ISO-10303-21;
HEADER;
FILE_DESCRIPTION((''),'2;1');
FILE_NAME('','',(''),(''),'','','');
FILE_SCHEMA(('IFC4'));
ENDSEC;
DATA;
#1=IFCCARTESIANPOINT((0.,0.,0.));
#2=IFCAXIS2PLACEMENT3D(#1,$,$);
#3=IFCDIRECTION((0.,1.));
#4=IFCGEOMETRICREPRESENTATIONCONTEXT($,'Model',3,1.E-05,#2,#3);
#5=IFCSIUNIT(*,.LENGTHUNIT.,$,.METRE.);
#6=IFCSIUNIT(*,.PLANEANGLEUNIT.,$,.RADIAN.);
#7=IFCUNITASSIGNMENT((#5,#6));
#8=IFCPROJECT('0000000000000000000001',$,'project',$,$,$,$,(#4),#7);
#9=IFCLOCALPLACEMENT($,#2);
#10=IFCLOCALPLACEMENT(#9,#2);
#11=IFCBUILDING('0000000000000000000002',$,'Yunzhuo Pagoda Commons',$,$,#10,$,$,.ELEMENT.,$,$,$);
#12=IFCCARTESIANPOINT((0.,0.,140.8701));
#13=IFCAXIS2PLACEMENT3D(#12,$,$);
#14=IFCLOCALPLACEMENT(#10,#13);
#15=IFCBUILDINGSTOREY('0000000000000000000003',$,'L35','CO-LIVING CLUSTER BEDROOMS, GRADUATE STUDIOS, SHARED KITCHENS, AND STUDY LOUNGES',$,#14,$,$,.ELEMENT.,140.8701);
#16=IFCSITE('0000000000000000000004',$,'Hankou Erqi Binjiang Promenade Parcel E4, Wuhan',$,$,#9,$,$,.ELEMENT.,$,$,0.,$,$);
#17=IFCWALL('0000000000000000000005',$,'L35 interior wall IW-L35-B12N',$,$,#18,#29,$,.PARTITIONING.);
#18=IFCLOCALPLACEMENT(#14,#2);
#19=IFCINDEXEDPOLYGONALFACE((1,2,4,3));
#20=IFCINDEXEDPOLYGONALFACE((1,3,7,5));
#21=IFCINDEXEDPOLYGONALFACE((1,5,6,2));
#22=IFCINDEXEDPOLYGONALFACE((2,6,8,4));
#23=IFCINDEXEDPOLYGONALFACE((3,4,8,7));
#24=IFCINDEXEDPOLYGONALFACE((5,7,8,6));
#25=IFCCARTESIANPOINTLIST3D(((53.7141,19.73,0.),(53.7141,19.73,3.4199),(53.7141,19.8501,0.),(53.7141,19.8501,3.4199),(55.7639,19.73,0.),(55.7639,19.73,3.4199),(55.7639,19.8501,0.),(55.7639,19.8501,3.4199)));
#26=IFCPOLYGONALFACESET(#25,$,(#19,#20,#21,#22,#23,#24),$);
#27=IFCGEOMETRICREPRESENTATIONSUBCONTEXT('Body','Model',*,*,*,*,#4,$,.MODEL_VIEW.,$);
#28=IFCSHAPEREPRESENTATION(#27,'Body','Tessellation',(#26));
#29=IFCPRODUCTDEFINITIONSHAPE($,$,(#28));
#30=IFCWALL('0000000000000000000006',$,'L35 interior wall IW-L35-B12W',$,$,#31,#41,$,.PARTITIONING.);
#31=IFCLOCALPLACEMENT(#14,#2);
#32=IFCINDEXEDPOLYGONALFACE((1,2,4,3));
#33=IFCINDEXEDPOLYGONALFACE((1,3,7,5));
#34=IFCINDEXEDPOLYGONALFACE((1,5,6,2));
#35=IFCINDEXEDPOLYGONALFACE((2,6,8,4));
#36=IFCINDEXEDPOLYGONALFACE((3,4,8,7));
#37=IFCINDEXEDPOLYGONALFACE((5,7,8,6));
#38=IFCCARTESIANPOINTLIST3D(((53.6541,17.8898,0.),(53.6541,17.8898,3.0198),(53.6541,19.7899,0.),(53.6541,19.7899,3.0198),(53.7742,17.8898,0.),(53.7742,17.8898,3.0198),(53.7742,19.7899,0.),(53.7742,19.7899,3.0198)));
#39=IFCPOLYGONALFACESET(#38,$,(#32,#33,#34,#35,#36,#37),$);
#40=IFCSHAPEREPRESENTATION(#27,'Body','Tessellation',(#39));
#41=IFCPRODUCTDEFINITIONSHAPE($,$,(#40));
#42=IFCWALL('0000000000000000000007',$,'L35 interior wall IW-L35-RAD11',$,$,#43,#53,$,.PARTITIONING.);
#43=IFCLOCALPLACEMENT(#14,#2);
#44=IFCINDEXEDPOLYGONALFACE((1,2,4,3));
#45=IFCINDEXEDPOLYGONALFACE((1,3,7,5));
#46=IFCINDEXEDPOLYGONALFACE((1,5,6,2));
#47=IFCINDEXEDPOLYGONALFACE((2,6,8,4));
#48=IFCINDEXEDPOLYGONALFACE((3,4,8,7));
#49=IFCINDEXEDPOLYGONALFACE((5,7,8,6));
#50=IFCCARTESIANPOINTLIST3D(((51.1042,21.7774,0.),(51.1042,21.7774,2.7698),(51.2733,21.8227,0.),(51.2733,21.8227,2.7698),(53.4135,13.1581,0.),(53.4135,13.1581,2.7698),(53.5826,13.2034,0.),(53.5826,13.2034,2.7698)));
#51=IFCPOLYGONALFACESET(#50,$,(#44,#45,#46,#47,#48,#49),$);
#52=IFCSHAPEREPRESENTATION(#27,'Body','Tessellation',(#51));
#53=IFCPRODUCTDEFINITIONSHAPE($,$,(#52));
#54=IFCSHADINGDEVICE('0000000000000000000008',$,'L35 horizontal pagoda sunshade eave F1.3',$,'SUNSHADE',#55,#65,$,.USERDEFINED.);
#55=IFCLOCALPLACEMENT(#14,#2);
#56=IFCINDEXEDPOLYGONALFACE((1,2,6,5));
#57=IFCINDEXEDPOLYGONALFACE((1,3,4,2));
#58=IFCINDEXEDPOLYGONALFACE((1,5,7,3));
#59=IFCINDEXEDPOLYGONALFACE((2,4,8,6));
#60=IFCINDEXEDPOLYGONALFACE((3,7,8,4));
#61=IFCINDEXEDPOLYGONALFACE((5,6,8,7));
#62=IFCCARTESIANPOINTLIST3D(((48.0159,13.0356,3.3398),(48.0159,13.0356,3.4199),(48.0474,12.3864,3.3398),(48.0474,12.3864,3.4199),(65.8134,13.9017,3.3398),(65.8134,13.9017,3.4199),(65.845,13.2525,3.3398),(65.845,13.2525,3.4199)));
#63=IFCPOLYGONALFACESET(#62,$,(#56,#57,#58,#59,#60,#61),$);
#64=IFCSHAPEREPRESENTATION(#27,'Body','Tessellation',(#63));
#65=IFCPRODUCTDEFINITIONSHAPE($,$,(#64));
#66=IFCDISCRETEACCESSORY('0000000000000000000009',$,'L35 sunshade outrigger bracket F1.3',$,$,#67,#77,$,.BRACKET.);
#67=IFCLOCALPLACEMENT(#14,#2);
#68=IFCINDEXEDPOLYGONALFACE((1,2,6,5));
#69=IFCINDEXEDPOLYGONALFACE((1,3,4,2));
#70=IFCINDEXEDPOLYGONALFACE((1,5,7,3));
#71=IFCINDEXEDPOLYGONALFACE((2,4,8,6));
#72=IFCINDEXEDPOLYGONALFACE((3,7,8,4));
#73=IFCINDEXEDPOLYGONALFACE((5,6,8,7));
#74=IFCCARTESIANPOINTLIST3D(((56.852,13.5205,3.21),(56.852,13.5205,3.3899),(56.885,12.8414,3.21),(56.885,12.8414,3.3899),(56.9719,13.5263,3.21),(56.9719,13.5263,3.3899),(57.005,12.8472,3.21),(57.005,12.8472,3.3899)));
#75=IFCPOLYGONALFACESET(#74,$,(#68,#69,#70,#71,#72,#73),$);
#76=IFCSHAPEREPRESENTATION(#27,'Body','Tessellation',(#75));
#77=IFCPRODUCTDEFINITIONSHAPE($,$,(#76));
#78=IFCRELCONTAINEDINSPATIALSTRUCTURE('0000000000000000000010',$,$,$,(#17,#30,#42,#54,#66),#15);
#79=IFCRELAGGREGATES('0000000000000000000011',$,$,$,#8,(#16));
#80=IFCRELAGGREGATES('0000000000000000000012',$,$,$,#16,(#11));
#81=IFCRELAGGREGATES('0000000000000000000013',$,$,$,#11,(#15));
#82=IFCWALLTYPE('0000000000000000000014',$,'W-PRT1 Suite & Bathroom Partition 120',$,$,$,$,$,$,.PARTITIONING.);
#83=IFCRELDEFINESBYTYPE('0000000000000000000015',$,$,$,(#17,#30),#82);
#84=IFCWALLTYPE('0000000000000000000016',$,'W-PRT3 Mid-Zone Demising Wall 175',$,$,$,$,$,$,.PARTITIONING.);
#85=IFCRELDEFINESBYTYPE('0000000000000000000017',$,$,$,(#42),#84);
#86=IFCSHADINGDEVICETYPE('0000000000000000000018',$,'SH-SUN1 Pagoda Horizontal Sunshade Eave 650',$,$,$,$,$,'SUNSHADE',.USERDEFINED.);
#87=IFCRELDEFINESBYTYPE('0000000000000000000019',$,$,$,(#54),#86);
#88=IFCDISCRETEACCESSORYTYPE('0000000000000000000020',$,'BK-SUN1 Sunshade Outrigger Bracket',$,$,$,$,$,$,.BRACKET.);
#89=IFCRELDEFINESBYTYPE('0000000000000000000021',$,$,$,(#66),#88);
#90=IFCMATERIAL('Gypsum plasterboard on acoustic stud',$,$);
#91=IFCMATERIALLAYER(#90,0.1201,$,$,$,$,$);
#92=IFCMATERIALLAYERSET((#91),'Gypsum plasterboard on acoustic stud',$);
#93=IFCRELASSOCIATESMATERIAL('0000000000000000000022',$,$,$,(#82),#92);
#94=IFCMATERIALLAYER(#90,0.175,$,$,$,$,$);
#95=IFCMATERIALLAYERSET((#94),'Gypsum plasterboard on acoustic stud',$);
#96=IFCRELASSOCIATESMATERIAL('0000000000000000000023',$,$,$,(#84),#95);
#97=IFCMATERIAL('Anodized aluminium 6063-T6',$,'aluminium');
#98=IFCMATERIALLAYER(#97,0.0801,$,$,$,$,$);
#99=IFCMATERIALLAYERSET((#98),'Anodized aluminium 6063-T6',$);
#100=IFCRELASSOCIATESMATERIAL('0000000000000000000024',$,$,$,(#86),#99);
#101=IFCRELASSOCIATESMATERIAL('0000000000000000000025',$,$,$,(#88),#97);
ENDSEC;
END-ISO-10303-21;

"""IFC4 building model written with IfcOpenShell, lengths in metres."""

from ifc_helpers import new_model, si_unit, direction, frame, frame_2d, origin, origin_2d, place, context, subcontext, project, spatial, rectangle, extrude, source, transform, mapped, material, layer, layer_set, type_object, element, save


model = new_model("IFC4")

# Units and contexts
model_context = context("Model", 3, precision=1e-05, world=origin(), true_north=direction((0.0, 1.0)))
body_context = subcontext(model_context, "Body", "Model", "MODEL_VIEW")
ifc_project = project(units=[si_unit("LENGTHUNIT", "METRE"), si_unit("PLANEANGLEUNIT", "RADIAN")], contexts=[model_context])

# Site, building, storey
site_placement = place(None, origin())
site = spatial("IfcSite", under=ifc_project, at=site_placement, Name="Hankou Erqi Binjiang Promenade Parcel E4, Wuhan", CompositionType="ELEMENT", RefElevation=0.0)
building_placement = place(site_placement, origin())
building = spatial("IfcBuilding", under=site, at=building_placement, Name="Yunzhuo Pagoda Commons", CompositionType="ELEMENT")
storey_placement = place(building_placement, frame((0.0, 0.0, 140.8701)))
storey = spatial("IfcBuildingStorey", under=building, at=storey_placement, Name="L35", Description="CO-LIVING CLUSTER BEDROOMS, GRADUATE STUDIOS, SHARED KITCHENS, AND STUDY LOUNGES", CompositionType="ELEMENT", Elevation=140.8701)

# Shared definitions
ifc_material_1 = material(Name="Anodized aluminium 6063-T6", Category="aluminium")

# Shared definitions
ifc_material_2 = material(Name="Gypsum plasterboard on acoustic stud")
ifc_layer_1 = layer(ifc_material_2, 0.1201)
ifc_layer_set_1 = layer_set([ifc_layer_1], Name="Gypsum plasterboard on acoustic stud")
wall_type_1 = type_object("IfcWallType", Name="W-PRT1 Suite & Bathroom Partition 120", PredefinedType="PARTITIONING", material=ifc_layer_set_1)

# Walls
wall_1_placement = place(storey_placement, frame((55.7639, 19.79, 0.0), z_axis=(0.0, 0.0, 1.0), x_axis=(-1.0, 0.0, 0.0)))
element("IfcWall", 1, at=wall_1_placement, inside=storey, type_object=wall_type_1, Name="L35 interior wall IW-L35-B12N", PredefinedType="PARTITIONING", context=body_context, shape_type="SweptSolid", body=[
    extrude(rectangle(XDim=2.0498, YDim=0.1201, at=frame_2d((1.0249, 0.0))), origin(), (0.0, 0.0, 1.0), 3.4199),
])
wall_2_placement = place(storey_placement, frame((53.7141, 19.79, 0.0), z_axis=(0.0, 0.0, 1.0), x_axis=(0.0, -1.0, 0.0)))
element("IfcWall", 2, at=wall_2_placement, inside=storey, type_object=wall_type_1, Name="L35 interior wall IW-L35-B12W", PredefinedType="PARTITIONING", context=body_context, shape_type="SweptSolid", body=[
    extrude(rectangle(XDim=1.9001, YDim=0.1201, at=frame_2d((0.9502, 0.0))), origin(), (0.0, 0.0, 1.0), 3.0198),
])
ifc_layer_2 = layer(ifc_material_2, 0.175)
ifc_layer_set_2 = layer_set([ifc_layer_2], Name="Gypsum plasterboard on acoustic stud")
wall_type_2 = type_object("IfcWallType", Name="W-PRT3 Mid-Zone Demising Wall 175", PredefinedType="PARTITIONING", material=ifc_layer_set_2)
wall_3_placement = place(storey_placement, frame((51.1887, 21.8, 0.0), z_axis=(0.0, 0.0, 1.0), x_axis=(0.258795, -0.965932, 0.0)))
element("IfcWall", 3, at=wall_3_placement, inside=storey, type_object=wall_type_2, Name="L35 interior wall IW-L35-RAD11", PredefinedType="PARTITIONING", context=body_context, shape_type="SweptSolid", body=[
    extrude(rectangle(XDim=8.9233, YDim=0.175, at=frame_2d((4.4617, 0.0))), origin(), (0.0, 0.0, 1.0), 2.7698),
])

# Shading device
ifc_layer_3 = layer(ifc_material_1, 0.0801)
ifc_layer_set_3 = layer_set([ifc_layer_3], Name="Anodized aluminium 6063-T6")
shading_device_type = type_object("IfcShadingDeviceType", Name="SH-SUN1 Pagoda Horizontal Sunshade Eave 650", ElementType="SUNSHADE", PredefinedType="USERDEFINED", material=ifc_layer_set_3)
shared_shape_1 = source(origin(), body_context, "Body", "SweptSolid", [
    extrude(rectangle(XDim=17.8186, YDim=0.6499, at=origin_2d()), origin(), (0.0, 0.0, 1.0), 0.0801),
])
shading_device_placement = place(storey_placement, frame((56.9304, 13.144, 3.3398), z_axis=(0.0, 0.0, 1.0), x_axis=(0.998818, 0.048606, 0.0)))
element("IfcShadingDevice", 4, at=shading_device_placement, inside=storey, type_object=shading_device_type, Name="L35 horizontal pagoda sunshade eave F1.3", ObjectType="SUNSHADE", PredefinedType="USERDEFINED", context=body_context, shape_type="MappedRepresentation", body=[
    mapped(shared_shape_1, transform((0.0, 0.0, 0.0), scale=1.0)),
])

# Discrete accessory
discrete_accessory_type = type_object("IfcDiscreteAccessoryType", Name="BK-SUN1 Sunshade Outrigger Bracket", PredefinedType="BRACKET", material=ifc_material_1)
shared_shape_2 = source(origin(), body_context, "Body", "SweptSolid", [
    extrude(rectangle(XDim=0.1201, YDim=0.6799, at=origin_2d()), origin(), (0.0, 0.0, 1.0), 0.1799),
])
discrete_accessory_placement = place(storey_placement, frame((56.9285, 13.1838, 3.21), z_axis=(0.0, 0.0, 1.0), x_axis=(0.998818, 0.048606, 0.0)))
element("IfcDiscreteAccessory", 5, at=discrete_accessory_placement, inside=storey, type_object=discrete_accessory_type, Name="L35 sunshade outrigger bracket F1.3", PredefinedType="BRACKET", context=body_context, shape_type="MappedRepresentation", body=[
    mapped(shared_shape_2, transform((0.0, 0.0, 0.0), scale=1.0)),
])

save(model, "model.ifc")
